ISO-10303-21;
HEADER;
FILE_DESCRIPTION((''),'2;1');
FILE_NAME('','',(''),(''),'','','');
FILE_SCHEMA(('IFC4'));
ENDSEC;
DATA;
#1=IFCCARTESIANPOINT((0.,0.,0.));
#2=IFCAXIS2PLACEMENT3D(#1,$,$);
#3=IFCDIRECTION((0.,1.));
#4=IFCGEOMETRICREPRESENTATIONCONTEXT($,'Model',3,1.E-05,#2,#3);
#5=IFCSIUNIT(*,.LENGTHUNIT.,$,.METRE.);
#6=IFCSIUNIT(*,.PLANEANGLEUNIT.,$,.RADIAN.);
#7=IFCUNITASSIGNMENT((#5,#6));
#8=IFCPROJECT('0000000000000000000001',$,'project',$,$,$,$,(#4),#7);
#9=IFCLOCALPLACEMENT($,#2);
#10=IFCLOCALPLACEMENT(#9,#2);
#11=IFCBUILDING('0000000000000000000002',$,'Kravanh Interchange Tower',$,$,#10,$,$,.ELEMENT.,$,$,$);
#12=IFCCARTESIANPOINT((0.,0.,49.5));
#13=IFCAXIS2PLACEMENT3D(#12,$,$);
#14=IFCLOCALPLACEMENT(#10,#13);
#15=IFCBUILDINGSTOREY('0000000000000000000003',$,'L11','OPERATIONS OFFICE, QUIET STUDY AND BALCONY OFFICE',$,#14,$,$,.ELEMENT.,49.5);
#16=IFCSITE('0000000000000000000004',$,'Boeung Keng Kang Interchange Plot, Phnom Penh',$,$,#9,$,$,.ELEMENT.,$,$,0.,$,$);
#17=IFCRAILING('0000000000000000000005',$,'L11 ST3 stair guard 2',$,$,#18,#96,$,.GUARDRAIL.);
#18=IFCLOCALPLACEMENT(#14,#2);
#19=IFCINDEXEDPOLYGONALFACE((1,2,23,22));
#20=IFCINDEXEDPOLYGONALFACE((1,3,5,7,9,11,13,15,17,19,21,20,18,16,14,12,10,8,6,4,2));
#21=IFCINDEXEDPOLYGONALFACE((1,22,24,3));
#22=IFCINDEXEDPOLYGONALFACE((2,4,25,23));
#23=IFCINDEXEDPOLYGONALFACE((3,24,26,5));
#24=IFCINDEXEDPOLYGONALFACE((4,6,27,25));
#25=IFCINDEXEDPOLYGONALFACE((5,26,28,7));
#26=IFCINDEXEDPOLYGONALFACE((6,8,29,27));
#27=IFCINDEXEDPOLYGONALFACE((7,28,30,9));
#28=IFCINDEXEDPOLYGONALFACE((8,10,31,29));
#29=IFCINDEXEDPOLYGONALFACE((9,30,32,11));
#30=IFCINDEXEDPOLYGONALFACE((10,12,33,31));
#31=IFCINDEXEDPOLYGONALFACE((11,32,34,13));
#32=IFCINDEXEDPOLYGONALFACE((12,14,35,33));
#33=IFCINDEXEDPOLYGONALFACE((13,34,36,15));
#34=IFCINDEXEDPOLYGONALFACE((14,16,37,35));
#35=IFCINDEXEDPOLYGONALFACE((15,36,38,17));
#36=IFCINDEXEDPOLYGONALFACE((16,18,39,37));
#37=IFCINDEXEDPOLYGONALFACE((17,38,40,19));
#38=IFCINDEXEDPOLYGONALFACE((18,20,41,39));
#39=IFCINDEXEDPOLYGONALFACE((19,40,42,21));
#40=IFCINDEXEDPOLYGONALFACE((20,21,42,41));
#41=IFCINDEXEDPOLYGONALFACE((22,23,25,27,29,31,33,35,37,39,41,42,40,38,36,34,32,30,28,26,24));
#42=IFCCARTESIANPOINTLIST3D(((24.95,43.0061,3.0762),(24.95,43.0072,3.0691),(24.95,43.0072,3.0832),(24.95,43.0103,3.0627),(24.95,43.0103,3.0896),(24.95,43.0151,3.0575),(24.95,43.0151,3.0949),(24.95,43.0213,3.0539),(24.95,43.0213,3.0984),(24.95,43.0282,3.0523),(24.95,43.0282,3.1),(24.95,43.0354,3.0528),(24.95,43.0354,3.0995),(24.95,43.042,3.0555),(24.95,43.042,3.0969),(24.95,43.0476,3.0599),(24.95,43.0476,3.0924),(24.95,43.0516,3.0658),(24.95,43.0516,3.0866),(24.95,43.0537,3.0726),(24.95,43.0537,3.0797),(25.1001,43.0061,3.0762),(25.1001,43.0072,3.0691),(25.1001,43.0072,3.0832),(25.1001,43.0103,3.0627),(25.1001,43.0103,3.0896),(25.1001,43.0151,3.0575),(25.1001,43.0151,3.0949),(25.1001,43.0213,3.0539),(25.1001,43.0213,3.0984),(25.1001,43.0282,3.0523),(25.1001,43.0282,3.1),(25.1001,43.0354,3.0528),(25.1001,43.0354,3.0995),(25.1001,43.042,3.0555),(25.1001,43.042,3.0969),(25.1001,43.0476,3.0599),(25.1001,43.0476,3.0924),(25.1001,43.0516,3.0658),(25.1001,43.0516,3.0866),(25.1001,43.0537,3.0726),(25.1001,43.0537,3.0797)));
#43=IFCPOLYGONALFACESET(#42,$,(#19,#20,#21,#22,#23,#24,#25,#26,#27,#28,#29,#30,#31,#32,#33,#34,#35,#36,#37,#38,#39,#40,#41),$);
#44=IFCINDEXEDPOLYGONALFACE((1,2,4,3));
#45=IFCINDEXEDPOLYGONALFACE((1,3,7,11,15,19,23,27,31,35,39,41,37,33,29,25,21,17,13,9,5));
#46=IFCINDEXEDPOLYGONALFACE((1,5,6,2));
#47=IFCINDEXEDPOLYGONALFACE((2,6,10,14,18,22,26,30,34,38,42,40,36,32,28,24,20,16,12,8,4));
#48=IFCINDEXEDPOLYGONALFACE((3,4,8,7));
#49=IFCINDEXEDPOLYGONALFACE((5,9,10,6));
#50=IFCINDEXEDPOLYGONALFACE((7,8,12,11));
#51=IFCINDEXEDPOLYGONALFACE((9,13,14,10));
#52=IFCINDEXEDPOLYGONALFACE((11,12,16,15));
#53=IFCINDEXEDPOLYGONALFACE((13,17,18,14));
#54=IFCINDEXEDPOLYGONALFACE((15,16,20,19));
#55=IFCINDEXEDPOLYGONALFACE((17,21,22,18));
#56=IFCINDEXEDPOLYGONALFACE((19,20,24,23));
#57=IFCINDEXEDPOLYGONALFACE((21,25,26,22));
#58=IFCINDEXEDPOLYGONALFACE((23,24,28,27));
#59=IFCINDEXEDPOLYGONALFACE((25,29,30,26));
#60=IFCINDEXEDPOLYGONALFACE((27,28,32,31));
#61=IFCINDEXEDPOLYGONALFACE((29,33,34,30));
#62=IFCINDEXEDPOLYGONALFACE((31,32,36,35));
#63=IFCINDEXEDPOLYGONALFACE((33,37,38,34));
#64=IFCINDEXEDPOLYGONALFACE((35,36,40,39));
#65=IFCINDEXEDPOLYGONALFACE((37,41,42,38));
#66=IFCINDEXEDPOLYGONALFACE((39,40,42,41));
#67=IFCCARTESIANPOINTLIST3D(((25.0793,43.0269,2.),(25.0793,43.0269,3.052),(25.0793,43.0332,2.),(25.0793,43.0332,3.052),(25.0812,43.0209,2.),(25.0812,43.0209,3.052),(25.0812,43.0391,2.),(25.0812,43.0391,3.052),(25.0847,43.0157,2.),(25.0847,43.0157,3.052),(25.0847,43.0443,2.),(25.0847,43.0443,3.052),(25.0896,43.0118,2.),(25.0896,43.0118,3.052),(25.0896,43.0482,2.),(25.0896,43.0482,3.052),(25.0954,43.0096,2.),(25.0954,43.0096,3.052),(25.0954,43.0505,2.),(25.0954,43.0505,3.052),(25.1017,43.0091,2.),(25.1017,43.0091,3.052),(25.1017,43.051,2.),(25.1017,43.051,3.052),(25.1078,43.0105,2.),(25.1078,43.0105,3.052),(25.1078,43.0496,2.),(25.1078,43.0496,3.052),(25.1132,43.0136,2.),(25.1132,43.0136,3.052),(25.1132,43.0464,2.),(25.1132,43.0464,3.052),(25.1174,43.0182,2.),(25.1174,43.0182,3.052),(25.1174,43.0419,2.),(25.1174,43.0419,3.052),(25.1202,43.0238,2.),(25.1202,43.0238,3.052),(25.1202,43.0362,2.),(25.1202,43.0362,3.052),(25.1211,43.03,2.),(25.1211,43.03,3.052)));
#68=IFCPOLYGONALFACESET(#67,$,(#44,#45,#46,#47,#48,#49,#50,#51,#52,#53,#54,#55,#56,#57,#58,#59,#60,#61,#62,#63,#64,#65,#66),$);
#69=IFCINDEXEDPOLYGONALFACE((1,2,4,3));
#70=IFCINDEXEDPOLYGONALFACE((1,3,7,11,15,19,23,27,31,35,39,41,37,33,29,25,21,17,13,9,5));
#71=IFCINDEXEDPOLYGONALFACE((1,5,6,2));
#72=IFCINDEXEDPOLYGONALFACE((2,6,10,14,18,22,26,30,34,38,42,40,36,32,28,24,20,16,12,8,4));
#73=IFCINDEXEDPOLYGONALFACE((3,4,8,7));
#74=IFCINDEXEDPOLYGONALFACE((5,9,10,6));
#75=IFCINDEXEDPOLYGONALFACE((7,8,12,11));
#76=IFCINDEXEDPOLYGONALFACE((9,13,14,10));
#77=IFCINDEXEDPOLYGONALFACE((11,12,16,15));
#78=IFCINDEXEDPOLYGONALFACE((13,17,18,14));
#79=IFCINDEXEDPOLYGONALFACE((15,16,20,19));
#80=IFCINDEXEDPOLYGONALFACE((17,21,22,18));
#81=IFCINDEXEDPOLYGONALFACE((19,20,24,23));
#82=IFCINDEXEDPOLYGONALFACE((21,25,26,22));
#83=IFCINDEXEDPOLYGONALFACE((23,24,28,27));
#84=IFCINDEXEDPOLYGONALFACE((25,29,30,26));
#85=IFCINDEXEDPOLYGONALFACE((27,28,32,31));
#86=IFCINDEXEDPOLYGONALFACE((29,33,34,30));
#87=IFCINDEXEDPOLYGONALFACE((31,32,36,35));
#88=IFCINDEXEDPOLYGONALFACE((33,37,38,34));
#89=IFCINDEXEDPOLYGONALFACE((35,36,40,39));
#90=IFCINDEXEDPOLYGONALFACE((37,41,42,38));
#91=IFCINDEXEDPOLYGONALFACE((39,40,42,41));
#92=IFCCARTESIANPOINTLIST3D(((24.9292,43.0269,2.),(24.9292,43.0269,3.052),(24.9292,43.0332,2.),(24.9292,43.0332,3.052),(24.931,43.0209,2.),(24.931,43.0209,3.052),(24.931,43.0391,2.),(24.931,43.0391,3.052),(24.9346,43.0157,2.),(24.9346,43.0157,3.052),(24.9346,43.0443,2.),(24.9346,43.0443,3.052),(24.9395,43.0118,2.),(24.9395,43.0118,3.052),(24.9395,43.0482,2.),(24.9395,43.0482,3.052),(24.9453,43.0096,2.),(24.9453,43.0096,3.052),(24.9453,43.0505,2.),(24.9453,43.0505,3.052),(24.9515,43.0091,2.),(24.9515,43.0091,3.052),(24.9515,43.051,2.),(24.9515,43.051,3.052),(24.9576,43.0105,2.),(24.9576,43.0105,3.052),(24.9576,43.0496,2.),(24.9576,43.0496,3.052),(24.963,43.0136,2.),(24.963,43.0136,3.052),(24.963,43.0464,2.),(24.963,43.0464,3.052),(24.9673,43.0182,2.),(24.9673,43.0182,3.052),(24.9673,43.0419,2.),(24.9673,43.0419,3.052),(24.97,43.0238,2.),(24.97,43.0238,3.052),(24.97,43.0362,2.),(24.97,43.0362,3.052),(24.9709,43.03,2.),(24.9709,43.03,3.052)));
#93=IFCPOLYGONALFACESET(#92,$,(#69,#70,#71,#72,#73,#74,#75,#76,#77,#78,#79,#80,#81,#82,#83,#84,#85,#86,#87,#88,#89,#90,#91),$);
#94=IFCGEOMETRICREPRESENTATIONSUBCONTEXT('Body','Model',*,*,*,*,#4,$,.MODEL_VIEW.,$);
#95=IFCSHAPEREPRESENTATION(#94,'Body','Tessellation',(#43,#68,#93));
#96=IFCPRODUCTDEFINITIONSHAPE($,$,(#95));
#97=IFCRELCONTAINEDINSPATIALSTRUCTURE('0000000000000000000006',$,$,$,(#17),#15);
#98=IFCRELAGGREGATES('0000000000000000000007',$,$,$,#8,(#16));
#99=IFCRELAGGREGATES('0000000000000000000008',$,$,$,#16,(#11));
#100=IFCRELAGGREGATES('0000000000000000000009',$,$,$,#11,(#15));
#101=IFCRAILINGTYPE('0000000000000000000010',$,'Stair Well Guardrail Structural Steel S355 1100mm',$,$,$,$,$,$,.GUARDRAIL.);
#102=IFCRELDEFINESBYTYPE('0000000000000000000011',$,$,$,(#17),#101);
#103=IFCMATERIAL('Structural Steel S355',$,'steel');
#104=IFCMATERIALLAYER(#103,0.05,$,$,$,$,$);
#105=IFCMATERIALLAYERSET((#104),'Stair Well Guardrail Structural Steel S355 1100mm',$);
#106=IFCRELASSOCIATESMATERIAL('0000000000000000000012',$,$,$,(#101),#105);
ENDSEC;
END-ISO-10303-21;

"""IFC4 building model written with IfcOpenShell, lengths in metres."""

from ifc_helpers import new_model, si_unit, direction, frame, origin, origin_2d, place, context, subcontext, project, spatial, circle, extrude, material, layer, layer_set, type_object, element, save


model = new_model("IFC4")

# Units and contexts
model_context = context("Model", 3, precision=1e-05, world=origin(), true_north=direction((0.0, 1.0)))
body_context = subcontext(model_context, "Body", "Model", "MODEL_VIEW")
ifc_project = project(units=[si_unit("LENGTHUNIT", "METRE"), si_unit("PLANEANGLEUNIT", "RADIAN")], contexts=[model_context])

# Site, building, storey
site_placement = place(None, origin())
site = spatial("IfcSite", under=ifc_project, at=site_placement, Name="Boeung Keng Kang Interchange Plot, Phnom Penh", CompositionType="ELEMENT", RefElevation=0.0)
building_placement = place(site_placement, origin())
building = spatial("IfcBuilding", under=site, at=building_placement, Name="Kravanh Interchange Tower", CompositionType="ELEMENT")
storey_placement = place(building_placement, frame((0.0, 0.0, 49.5)))
storey = spatial("IfcBuildingStorey", under=building, at=storey_placement, Name="L11", Description="OPERATIONS OFFICE, QUIET STUDY AND BALCONY OFFICE", CompositionType="ELEMENT", Elevation=49.5)

# Railing
ifc_material_1 = material(Name="Structural Steel S355", Category="steel")
ifc_layer_1 = layer(ifc_material_1, 0.05)
ifc_layer_set_1 = layer_set([ifc_layer_1], Name="Stair Well Guardrail Structural Steel S355 1100mm")
railing_type_1 = type_object("IfcRailingType", Name="Stair Well Guardrail Structural Steel S355 1100mm", PredefinedType="GUARDRAIL", material=ifc_layer_set_1)
railing_1_placement = place(storey_placement, frame((25.1001, 43.03, 2.0)))
element("IfcRailing", 1, at=railing_1_placement, inside=storey, type_object=railing_type_1, Name="L11 ST3 stair guard 2", PredefinedType="GUARDRAIL", context=body_context, shape_type="SweptSolid", body=[
    extrude(circle(Radius=0.0239, at=origin_2d()), frame((0.0, 0.0, 1.0762), z_axis=(-1.0, 0.0, 0.0), x_axis=(0.0, -1.0, 0.0)), (0.0, 0.0, 1.0), 0.1501),
    extrude(circle(Radius=0.021, at=origin_2d()), origin(), (0.0, 0.0, 1.0), 1.052),
    extrude(circle(Radius=0.021, at=origin_2d()), frame((-0.1501, 0.0, 0.0)), (0.0, 0.0, 1.0), 1.052),
])

save(model, "model.ifc")
